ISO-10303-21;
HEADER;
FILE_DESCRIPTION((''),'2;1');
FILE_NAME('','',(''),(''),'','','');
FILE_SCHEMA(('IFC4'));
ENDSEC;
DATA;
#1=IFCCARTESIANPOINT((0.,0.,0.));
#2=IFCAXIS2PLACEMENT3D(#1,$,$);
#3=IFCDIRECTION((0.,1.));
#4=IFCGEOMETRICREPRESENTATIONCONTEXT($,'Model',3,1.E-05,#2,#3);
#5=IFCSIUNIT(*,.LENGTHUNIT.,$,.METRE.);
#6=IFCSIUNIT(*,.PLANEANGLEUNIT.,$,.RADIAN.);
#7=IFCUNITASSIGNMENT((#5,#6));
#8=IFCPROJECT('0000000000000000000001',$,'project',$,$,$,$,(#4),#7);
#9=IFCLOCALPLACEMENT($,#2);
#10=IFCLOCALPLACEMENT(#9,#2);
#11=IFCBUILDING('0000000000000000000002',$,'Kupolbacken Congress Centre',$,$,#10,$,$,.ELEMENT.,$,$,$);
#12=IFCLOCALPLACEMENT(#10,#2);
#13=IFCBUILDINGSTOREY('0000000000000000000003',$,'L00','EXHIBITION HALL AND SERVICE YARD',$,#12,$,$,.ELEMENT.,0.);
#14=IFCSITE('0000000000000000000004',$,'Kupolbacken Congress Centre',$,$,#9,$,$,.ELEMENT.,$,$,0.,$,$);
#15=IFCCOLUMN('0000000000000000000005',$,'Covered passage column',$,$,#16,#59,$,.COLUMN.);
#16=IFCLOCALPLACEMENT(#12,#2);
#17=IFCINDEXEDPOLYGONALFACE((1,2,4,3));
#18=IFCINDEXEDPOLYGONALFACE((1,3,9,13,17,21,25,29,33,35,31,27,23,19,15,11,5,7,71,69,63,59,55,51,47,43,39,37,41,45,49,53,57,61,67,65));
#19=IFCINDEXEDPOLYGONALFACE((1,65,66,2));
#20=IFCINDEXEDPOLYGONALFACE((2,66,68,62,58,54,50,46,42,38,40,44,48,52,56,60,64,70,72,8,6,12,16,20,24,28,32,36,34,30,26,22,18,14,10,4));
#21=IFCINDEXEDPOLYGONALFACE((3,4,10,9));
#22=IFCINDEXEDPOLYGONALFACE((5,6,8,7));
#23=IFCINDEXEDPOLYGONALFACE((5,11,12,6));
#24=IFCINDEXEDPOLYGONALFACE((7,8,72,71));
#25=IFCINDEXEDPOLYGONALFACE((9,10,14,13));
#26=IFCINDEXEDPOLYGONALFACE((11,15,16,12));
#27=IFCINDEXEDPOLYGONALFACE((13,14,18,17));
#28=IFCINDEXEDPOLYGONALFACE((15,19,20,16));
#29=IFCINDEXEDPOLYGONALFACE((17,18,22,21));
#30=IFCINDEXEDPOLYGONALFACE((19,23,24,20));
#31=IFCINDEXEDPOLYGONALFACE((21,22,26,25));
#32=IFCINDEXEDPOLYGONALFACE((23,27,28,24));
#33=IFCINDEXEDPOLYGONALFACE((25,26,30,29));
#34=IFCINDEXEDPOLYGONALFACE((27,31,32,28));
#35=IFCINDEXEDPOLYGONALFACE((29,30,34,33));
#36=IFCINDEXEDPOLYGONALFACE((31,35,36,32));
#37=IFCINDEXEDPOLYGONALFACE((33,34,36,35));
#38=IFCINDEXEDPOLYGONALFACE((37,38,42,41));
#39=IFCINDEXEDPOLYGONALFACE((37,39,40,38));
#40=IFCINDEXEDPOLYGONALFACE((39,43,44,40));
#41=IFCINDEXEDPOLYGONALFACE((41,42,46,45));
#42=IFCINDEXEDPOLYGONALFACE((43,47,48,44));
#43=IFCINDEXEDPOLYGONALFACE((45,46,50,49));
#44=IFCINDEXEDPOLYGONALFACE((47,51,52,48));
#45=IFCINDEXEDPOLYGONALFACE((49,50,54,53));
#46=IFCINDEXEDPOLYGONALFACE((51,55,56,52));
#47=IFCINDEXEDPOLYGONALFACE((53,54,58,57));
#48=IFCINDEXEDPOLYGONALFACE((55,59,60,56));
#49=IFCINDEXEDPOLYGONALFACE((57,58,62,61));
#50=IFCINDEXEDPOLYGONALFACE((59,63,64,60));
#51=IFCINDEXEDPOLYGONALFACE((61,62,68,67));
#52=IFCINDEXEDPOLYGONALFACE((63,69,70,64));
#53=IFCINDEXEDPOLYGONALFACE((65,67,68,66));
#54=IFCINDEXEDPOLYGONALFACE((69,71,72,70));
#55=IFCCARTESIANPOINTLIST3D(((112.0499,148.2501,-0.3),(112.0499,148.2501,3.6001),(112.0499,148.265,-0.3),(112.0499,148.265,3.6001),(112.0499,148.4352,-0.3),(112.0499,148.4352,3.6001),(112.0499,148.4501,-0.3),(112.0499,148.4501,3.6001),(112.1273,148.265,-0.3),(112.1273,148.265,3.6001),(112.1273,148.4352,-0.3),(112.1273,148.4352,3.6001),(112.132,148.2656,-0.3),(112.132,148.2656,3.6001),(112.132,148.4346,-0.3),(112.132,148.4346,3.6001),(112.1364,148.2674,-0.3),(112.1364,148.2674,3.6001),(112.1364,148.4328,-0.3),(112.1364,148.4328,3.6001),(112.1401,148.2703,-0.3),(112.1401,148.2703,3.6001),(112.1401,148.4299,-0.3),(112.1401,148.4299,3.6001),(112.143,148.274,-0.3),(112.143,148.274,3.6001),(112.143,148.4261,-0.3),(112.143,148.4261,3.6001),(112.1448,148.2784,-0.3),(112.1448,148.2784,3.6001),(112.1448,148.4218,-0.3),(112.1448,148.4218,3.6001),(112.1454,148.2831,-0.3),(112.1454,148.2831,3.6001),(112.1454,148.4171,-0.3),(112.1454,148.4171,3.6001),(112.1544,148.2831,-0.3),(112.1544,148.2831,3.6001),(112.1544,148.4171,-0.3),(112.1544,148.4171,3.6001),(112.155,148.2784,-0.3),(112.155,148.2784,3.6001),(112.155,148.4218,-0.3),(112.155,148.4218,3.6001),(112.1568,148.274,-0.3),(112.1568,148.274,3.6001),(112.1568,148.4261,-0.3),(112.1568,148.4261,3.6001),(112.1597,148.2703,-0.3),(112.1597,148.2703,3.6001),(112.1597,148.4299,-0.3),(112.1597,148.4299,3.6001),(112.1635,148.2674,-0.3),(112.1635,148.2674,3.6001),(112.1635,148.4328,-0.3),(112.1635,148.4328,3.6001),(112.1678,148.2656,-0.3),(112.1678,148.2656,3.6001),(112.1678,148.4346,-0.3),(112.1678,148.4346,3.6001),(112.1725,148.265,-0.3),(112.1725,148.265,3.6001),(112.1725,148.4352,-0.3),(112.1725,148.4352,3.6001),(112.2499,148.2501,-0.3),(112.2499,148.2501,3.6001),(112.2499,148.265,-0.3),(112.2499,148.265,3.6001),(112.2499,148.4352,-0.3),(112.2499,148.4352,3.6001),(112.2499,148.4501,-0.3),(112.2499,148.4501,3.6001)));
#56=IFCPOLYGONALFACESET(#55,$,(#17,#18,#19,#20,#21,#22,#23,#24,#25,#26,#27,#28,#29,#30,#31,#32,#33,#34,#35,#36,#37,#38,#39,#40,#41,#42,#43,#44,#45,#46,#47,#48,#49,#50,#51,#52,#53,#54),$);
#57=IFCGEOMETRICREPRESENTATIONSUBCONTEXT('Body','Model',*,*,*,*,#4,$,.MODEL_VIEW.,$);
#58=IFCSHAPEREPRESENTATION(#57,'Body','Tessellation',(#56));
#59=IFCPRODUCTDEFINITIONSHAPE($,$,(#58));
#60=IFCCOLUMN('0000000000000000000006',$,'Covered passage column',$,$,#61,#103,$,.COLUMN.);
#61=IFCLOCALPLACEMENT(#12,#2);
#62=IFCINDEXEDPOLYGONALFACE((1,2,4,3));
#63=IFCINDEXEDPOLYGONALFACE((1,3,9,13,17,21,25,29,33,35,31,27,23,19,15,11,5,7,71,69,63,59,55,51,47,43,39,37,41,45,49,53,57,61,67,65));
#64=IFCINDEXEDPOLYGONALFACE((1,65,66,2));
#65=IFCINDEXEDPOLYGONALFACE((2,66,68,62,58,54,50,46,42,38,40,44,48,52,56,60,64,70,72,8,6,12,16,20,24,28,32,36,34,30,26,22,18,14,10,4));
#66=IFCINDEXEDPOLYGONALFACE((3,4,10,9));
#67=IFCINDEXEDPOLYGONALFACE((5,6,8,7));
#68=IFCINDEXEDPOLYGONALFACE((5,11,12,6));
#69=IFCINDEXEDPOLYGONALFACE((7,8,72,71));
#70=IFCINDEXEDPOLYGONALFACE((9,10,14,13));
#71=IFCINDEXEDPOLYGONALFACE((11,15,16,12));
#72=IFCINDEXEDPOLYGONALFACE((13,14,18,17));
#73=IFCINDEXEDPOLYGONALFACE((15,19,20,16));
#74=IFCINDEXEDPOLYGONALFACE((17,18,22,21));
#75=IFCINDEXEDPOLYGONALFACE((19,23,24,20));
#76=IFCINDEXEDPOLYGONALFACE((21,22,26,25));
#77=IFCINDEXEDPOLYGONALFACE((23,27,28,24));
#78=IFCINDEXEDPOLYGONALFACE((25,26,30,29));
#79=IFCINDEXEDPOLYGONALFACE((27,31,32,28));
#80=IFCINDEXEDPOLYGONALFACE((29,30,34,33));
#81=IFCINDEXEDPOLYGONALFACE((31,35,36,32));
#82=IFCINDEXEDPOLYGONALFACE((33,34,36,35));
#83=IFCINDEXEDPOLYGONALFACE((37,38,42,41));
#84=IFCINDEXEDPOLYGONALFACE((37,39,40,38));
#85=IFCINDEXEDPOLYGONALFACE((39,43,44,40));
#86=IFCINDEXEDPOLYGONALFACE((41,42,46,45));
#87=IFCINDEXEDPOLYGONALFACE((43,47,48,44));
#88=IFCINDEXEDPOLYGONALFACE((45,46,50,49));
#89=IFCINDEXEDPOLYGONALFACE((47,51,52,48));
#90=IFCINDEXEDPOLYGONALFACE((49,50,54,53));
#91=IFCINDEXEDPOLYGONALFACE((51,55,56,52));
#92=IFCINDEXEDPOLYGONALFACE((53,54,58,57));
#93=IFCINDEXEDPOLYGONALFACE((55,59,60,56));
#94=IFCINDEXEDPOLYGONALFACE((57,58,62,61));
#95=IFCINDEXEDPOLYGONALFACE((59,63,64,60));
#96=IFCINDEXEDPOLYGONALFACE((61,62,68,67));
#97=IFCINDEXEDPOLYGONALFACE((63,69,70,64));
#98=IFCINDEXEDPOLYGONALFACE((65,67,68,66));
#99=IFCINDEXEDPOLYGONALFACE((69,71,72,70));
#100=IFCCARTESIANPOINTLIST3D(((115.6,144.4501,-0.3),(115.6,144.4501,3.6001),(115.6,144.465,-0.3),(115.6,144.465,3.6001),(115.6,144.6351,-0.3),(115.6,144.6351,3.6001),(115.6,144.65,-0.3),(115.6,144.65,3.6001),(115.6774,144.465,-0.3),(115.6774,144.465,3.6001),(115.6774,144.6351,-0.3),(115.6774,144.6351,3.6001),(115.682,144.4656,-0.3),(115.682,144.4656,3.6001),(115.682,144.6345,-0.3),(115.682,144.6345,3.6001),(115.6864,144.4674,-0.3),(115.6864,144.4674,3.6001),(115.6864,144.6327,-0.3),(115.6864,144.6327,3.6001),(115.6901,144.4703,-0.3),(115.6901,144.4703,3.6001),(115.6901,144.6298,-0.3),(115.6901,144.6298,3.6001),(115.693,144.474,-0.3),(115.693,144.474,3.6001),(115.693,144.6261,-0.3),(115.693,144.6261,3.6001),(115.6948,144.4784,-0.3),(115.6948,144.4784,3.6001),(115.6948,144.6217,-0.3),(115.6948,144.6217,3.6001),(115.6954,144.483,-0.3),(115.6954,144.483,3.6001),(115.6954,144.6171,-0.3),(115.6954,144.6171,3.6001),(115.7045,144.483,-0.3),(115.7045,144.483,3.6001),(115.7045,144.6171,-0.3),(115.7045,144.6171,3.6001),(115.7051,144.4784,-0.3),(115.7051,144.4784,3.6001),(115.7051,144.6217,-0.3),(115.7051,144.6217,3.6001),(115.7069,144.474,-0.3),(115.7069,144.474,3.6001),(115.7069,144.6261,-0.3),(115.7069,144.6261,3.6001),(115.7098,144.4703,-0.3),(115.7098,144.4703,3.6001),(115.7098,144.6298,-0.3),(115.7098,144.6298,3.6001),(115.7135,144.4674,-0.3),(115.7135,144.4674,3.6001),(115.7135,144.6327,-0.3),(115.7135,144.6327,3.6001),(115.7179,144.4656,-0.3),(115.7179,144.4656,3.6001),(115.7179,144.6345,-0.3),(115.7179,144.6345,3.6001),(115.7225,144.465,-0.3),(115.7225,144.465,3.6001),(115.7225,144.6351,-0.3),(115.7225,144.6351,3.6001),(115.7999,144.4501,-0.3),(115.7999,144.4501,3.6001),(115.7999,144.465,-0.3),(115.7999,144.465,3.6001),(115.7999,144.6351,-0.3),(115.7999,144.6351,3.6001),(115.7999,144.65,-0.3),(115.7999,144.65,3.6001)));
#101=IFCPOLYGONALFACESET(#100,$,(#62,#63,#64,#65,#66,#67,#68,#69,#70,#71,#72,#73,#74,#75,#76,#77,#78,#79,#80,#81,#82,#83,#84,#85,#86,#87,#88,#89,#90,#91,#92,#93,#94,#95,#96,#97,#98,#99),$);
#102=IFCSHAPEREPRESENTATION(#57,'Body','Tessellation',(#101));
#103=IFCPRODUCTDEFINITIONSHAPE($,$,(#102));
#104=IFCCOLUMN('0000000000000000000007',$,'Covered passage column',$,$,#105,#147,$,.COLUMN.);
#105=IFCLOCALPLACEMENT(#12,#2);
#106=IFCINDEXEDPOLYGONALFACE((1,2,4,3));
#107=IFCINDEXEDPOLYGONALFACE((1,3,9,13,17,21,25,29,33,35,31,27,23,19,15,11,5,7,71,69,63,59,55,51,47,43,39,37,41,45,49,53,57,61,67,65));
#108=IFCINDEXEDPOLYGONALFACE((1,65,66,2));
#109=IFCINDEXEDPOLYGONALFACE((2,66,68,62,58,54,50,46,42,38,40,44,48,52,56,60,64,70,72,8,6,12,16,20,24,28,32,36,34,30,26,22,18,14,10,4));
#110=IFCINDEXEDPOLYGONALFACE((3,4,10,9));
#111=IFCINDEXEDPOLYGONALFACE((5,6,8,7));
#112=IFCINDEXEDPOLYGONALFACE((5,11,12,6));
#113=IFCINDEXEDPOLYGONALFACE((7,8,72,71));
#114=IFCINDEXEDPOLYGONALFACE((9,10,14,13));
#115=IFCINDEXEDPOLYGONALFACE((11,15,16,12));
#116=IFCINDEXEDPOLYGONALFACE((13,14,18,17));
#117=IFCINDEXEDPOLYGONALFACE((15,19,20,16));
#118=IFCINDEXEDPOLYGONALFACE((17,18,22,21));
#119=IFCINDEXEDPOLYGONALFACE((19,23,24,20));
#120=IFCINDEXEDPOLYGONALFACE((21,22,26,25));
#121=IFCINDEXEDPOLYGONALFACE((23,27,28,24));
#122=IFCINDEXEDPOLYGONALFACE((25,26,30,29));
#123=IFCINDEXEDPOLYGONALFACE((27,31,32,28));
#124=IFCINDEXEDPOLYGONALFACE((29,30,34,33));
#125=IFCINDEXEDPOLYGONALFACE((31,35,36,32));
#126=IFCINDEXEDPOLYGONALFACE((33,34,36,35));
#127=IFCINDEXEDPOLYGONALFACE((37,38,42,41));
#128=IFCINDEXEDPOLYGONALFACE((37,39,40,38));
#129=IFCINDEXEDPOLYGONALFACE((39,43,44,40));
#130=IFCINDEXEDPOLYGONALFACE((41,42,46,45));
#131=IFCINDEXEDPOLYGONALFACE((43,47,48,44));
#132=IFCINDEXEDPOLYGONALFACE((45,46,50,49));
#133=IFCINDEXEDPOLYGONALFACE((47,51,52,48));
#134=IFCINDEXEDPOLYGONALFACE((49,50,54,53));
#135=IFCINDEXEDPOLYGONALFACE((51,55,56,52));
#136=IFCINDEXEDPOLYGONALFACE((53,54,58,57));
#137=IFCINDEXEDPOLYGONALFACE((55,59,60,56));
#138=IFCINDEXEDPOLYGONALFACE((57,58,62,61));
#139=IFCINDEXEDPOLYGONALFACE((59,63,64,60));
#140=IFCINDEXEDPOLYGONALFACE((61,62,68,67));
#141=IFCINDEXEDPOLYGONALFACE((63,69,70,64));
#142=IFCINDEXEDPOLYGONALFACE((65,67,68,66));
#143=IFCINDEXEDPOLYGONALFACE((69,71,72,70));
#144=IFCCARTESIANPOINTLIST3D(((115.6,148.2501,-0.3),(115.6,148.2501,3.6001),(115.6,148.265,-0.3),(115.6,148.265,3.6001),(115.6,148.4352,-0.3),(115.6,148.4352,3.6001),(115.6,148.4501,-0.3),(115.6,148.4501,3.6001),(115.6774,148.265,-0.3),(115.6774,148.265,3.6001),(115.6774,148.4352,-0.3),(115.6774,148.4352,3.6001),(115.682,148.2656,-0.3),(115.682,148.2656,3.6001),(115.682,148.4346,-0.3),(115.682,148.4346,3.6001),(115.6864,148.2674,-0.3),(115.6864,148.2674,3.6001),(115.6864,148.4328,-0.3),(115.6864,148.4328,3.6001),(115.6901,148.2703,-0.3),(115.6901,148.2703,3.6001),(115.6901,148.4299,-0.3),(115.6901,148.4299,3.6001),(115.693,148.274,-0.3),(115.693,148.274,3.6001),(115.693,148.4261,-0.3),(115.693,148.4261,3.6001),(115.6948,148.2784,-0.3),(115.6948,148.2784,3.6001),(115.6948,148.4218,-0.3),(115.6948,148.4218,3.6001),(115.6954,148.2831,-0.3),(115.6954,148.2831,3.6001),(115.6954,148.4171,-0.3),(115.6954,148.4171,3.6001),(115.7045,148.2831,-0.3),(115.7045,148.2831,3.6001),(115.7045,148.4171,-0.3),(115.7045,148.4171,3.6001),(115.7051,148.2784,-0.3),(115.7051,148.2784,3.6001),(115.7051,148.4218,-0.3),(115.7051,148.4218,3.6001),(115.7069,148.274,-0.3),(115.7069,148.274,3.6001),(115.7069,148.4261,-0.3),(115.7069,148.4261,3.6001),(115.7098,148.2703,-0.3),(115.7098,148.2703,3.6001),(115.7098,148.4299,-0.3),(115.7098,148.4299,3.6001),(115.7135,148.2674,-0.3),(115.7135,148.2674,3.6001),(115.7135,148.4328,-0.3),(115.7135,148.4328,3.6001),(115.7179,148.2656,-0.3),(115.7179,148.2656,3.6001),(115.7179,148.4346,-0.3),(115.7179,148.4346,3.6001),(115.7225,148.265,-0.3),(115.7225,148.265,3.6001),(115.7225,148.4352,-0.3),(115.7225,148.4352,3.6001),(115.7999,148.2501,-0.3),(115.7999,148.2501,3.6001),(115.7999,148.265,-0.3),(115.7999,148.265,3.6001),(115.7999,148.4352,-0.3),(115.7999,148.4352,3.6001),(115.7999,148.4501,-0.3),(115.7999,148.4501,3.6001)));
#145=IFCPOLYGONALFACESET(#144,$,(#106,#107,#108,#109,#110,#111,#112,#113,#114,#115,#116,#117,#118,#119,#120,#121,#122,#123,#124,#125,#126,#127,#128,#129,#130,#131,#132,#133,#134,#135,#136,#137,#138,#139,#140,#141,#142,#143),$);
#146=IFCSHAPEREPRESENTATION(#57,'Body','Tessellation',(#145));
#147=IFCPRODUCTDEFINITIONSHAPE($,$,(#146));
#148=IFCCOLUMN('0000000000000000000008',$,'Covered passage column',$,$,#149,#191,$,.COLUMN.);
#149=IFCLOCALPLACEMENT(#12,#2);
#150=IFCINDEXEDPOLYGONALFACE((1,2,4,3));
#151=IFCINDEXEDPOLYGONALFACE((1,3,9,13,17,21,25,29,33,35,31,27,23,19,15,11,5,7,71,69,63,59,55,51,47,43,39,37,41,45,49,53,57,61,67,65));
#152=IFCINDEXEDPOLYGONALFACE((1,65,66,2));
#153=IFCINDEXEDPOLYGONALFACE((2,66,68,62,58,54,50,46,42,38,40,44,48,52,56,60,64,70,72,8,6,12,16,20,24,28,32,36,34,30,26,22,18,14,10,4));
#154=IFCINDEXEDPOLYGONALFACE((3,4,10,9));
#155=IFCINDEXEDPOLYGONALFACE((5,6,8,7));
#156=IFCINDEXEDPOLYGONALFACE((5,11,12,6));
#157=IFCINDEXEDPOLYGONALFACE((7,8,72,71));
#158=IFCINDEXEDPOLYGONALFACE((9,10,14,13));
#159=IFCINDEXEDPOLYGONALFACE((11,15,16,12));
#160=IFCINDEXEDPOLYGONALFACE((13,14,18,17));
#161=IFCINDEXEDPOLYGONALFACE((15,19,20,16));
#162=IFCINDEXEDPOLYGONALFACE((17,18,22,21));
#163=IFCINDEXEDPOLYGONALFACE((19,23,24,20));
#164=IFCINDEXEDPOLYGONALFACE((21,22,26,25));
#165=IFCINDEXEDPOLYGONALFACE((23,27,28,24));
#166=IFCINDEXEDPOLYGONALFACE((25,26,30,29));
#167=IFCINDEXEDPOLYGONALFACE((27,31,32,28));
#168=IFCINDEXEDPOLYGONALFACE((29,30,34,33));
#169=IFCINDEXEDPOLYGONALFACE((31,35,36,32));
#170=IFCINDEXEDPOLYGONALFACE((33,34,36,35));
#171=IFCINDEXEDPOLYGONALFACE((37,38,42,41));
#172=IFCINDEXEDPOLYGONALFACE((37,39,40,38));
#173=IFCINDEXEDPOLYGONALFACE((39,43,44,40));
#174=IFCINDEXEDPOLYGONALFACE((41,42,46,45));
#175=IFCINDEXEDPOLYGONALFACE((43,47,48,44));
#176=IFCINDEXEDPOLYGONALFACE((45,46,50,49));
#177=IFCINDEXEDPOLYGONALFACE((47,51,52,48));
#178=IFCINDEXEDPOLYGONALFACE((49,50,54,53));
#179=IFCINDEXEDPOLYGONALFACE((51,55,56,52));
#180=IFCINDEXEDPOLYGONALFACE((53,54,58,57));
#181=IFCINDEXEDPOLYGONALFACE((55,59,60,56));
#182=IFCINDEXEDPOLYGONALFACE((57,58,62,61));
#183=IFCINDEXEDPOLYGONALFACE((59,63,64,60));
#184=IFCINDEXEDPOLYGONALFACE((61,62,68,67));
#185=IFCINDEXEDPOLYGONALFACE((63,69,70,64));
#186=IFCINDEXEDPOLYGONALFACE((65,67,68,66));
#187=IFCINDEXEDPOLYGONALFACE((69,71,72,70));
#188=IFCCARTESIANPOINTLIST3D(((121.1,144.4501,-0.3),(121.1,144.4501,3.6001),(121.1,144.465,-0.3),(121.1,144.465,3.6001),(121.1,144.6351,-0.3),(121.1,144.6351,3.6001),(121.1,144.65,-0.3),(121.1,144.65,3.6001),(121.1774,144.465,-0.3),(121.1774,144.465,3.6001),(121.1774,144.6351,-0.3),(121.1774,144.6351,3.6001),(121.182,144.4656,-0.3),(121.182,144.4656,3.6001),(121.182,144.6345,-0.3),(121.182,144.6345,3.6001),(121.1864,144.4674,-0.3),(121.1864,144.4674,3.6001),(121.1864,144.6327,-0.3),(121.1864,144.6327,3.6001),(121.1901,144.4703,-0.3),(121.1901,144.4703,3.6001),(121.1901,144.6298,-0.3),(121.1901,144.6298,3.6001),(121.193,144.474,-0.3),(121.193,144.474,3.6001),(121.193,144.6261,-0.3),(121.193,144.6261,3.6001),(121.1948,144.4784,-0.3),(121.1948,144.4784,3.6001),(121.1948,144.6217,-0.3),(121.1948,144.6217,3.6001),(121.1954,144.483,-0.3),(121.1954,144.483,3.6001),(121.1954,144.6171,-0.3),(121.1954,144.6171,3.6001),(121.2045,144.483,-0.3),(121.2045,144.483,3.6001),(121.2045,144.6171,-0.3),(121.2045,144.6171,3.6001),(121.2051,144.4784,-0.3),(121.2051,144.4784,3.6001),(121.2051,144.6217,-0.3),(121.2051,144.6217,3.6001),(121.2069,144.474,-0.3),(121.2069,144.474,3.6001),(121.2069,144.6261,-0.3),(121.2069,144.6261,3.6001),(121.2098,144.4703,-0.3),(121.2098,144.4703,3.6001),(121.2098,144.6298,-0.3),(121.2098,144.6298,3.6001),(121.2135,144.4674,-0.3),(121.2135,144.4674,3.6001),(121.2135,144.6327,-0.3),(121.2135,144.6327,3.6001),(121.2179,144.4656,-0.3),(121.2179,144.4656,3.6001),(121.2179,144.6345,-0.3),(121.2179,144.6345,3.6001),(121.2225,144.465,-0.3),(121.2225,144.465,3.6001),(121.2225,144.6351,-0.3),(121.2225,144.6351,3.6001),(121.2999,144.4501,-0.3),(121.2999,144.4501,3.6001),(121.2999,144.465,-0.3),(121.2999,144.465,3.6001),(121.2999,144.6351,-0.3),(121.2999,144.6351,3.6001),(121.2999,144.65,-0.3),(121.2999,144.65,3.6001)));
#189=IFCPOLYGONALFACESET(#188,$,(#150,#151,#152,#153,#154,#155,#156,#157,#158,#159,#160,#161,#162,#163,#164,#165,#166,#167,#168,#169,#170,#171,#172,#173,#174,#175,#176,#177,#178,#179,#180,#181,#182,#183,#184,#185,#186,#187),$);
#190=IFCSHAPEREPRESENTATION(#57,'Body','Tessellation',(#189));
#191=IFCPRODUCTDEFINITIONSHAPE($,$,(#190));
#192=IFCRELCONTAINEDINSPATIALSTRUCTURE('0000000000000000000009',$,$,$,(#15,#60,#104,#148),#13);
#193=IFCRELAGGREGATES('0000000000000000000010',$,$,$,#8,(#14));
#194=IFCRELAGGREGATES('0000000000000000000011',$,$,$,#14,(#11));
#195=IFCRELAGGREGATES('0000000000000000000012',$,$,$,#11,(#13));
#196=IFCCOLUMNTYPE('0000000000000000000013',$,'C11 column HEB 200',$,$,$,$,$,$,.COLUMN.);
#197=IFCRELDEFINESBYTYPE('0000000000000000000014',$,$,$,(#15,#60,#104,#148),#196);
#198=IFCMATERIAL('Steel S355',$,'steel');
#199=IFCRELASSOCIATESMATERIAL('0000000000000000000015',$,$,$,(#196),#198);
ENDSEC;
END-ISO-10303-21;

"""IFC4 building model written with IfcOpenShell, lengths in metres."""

from ifc_helpers import new_model, si_unit, direction, frame, origin, origin_2d, place, context, subcontext, project, spatial, i_section, extrude, material, material_profile, profile_set, type_object, element, save


model = new_model("IFC4")

# Units and contexts
model_context = context("Model", 3, precision=1e-05, world=origin(), true_north=direction((0.0, 1.0)))
body_context = subcontext(model_context, "Body", "Model", "MODEL_VIEW")
ifc_project = project(units=[si_unit("LENGTHUNIT", "METRE"), si_unit("PLANEANGLEUNIT", "RADIAN")], contexts=[model_context])

# Site, building, storey
site_placement = place(None, origin())
site = spatial("IfcSite", under=ifc_project, at=site_placement, Name="Kupolbacken Congress Centre", CompositionType="ELEMENT", RefElevation=0.0)
building_placement = place(site_placement, origin())
building = spatial("IfcBuilding", under=site, at=building_placement, Name="Kupolbacken Congress Centre", CompositionType="ELEMENT")
storey_placement = place(building_placement, origin())
storey = spatial("IfcBuildingStorey", under=building, at=storey_placement, Name="L00", Description="EXHIBITION HALL AND SERVICE YARD", CompositionType="ELEMENT", Elevation=0.0)

# Columns
ifc_material_1 = material(Name="Steel S355", Category="steel")
ifc_material_profile_1 = material_profile(ifc_material_1, i_section(OverallWidth=0.2, OverallDepth=0.2, WebThickness=0.009, FlangeThickness=0.0149, FilletRadius=0.0181, at=origin_2d()), Name="HEB 200")
ifc_profile_set_1 = profile_set([ifc_material_profile_1], Name="Steel S355")
column_type_1 = type_object("IfcColumnType", Name="C11 column HEB 200", PredefinedType="COLUMN", material=ifc_profile_set_1)
for number, where, z_axis, x_axis, name in (
    (1, (112.1499, 148.3501, -0.3), (0.0, 0.0, 1.0), (1.0, 0.0, 0.0), "Covered passage column"),
    (2, (115.7, 144.55, -0.3), (0.0, 0.0, 1.0), (1.0, 0.0, 0.0), "Covered passage column"),
    (3, (115.7, 148.3501, -0.3), (0.0, 0.0, 1.0), (1.0, 0.0, 0.0), "Covered passage column"),
    (4, (121.2, 144.55, -0.3), (0.0, 0.0, 1.0), (1.0, 0.0, 0.0), "Covered passage column"),
):
    element("IfcColumn", number, at=place(storey_placement, frame(where, z_axis=z_axis, x_axis=x_axis)), inside=storey, type_object=column_type_1, Name=name, PredefinedType="COLUMN", context=body_context, shape_type="SweptSolid", body=[
        extrude(i_section(OverallWidth=0.2, OverallDepth=0.2, WebThickness=0.009, FlangeThickness=0.0149, FilletRadius=0.0181, at=origin_2d()), origin(), (0.0, 0.0, 1.0), 3.9001),
    ])

save(model, "model.ifc")
